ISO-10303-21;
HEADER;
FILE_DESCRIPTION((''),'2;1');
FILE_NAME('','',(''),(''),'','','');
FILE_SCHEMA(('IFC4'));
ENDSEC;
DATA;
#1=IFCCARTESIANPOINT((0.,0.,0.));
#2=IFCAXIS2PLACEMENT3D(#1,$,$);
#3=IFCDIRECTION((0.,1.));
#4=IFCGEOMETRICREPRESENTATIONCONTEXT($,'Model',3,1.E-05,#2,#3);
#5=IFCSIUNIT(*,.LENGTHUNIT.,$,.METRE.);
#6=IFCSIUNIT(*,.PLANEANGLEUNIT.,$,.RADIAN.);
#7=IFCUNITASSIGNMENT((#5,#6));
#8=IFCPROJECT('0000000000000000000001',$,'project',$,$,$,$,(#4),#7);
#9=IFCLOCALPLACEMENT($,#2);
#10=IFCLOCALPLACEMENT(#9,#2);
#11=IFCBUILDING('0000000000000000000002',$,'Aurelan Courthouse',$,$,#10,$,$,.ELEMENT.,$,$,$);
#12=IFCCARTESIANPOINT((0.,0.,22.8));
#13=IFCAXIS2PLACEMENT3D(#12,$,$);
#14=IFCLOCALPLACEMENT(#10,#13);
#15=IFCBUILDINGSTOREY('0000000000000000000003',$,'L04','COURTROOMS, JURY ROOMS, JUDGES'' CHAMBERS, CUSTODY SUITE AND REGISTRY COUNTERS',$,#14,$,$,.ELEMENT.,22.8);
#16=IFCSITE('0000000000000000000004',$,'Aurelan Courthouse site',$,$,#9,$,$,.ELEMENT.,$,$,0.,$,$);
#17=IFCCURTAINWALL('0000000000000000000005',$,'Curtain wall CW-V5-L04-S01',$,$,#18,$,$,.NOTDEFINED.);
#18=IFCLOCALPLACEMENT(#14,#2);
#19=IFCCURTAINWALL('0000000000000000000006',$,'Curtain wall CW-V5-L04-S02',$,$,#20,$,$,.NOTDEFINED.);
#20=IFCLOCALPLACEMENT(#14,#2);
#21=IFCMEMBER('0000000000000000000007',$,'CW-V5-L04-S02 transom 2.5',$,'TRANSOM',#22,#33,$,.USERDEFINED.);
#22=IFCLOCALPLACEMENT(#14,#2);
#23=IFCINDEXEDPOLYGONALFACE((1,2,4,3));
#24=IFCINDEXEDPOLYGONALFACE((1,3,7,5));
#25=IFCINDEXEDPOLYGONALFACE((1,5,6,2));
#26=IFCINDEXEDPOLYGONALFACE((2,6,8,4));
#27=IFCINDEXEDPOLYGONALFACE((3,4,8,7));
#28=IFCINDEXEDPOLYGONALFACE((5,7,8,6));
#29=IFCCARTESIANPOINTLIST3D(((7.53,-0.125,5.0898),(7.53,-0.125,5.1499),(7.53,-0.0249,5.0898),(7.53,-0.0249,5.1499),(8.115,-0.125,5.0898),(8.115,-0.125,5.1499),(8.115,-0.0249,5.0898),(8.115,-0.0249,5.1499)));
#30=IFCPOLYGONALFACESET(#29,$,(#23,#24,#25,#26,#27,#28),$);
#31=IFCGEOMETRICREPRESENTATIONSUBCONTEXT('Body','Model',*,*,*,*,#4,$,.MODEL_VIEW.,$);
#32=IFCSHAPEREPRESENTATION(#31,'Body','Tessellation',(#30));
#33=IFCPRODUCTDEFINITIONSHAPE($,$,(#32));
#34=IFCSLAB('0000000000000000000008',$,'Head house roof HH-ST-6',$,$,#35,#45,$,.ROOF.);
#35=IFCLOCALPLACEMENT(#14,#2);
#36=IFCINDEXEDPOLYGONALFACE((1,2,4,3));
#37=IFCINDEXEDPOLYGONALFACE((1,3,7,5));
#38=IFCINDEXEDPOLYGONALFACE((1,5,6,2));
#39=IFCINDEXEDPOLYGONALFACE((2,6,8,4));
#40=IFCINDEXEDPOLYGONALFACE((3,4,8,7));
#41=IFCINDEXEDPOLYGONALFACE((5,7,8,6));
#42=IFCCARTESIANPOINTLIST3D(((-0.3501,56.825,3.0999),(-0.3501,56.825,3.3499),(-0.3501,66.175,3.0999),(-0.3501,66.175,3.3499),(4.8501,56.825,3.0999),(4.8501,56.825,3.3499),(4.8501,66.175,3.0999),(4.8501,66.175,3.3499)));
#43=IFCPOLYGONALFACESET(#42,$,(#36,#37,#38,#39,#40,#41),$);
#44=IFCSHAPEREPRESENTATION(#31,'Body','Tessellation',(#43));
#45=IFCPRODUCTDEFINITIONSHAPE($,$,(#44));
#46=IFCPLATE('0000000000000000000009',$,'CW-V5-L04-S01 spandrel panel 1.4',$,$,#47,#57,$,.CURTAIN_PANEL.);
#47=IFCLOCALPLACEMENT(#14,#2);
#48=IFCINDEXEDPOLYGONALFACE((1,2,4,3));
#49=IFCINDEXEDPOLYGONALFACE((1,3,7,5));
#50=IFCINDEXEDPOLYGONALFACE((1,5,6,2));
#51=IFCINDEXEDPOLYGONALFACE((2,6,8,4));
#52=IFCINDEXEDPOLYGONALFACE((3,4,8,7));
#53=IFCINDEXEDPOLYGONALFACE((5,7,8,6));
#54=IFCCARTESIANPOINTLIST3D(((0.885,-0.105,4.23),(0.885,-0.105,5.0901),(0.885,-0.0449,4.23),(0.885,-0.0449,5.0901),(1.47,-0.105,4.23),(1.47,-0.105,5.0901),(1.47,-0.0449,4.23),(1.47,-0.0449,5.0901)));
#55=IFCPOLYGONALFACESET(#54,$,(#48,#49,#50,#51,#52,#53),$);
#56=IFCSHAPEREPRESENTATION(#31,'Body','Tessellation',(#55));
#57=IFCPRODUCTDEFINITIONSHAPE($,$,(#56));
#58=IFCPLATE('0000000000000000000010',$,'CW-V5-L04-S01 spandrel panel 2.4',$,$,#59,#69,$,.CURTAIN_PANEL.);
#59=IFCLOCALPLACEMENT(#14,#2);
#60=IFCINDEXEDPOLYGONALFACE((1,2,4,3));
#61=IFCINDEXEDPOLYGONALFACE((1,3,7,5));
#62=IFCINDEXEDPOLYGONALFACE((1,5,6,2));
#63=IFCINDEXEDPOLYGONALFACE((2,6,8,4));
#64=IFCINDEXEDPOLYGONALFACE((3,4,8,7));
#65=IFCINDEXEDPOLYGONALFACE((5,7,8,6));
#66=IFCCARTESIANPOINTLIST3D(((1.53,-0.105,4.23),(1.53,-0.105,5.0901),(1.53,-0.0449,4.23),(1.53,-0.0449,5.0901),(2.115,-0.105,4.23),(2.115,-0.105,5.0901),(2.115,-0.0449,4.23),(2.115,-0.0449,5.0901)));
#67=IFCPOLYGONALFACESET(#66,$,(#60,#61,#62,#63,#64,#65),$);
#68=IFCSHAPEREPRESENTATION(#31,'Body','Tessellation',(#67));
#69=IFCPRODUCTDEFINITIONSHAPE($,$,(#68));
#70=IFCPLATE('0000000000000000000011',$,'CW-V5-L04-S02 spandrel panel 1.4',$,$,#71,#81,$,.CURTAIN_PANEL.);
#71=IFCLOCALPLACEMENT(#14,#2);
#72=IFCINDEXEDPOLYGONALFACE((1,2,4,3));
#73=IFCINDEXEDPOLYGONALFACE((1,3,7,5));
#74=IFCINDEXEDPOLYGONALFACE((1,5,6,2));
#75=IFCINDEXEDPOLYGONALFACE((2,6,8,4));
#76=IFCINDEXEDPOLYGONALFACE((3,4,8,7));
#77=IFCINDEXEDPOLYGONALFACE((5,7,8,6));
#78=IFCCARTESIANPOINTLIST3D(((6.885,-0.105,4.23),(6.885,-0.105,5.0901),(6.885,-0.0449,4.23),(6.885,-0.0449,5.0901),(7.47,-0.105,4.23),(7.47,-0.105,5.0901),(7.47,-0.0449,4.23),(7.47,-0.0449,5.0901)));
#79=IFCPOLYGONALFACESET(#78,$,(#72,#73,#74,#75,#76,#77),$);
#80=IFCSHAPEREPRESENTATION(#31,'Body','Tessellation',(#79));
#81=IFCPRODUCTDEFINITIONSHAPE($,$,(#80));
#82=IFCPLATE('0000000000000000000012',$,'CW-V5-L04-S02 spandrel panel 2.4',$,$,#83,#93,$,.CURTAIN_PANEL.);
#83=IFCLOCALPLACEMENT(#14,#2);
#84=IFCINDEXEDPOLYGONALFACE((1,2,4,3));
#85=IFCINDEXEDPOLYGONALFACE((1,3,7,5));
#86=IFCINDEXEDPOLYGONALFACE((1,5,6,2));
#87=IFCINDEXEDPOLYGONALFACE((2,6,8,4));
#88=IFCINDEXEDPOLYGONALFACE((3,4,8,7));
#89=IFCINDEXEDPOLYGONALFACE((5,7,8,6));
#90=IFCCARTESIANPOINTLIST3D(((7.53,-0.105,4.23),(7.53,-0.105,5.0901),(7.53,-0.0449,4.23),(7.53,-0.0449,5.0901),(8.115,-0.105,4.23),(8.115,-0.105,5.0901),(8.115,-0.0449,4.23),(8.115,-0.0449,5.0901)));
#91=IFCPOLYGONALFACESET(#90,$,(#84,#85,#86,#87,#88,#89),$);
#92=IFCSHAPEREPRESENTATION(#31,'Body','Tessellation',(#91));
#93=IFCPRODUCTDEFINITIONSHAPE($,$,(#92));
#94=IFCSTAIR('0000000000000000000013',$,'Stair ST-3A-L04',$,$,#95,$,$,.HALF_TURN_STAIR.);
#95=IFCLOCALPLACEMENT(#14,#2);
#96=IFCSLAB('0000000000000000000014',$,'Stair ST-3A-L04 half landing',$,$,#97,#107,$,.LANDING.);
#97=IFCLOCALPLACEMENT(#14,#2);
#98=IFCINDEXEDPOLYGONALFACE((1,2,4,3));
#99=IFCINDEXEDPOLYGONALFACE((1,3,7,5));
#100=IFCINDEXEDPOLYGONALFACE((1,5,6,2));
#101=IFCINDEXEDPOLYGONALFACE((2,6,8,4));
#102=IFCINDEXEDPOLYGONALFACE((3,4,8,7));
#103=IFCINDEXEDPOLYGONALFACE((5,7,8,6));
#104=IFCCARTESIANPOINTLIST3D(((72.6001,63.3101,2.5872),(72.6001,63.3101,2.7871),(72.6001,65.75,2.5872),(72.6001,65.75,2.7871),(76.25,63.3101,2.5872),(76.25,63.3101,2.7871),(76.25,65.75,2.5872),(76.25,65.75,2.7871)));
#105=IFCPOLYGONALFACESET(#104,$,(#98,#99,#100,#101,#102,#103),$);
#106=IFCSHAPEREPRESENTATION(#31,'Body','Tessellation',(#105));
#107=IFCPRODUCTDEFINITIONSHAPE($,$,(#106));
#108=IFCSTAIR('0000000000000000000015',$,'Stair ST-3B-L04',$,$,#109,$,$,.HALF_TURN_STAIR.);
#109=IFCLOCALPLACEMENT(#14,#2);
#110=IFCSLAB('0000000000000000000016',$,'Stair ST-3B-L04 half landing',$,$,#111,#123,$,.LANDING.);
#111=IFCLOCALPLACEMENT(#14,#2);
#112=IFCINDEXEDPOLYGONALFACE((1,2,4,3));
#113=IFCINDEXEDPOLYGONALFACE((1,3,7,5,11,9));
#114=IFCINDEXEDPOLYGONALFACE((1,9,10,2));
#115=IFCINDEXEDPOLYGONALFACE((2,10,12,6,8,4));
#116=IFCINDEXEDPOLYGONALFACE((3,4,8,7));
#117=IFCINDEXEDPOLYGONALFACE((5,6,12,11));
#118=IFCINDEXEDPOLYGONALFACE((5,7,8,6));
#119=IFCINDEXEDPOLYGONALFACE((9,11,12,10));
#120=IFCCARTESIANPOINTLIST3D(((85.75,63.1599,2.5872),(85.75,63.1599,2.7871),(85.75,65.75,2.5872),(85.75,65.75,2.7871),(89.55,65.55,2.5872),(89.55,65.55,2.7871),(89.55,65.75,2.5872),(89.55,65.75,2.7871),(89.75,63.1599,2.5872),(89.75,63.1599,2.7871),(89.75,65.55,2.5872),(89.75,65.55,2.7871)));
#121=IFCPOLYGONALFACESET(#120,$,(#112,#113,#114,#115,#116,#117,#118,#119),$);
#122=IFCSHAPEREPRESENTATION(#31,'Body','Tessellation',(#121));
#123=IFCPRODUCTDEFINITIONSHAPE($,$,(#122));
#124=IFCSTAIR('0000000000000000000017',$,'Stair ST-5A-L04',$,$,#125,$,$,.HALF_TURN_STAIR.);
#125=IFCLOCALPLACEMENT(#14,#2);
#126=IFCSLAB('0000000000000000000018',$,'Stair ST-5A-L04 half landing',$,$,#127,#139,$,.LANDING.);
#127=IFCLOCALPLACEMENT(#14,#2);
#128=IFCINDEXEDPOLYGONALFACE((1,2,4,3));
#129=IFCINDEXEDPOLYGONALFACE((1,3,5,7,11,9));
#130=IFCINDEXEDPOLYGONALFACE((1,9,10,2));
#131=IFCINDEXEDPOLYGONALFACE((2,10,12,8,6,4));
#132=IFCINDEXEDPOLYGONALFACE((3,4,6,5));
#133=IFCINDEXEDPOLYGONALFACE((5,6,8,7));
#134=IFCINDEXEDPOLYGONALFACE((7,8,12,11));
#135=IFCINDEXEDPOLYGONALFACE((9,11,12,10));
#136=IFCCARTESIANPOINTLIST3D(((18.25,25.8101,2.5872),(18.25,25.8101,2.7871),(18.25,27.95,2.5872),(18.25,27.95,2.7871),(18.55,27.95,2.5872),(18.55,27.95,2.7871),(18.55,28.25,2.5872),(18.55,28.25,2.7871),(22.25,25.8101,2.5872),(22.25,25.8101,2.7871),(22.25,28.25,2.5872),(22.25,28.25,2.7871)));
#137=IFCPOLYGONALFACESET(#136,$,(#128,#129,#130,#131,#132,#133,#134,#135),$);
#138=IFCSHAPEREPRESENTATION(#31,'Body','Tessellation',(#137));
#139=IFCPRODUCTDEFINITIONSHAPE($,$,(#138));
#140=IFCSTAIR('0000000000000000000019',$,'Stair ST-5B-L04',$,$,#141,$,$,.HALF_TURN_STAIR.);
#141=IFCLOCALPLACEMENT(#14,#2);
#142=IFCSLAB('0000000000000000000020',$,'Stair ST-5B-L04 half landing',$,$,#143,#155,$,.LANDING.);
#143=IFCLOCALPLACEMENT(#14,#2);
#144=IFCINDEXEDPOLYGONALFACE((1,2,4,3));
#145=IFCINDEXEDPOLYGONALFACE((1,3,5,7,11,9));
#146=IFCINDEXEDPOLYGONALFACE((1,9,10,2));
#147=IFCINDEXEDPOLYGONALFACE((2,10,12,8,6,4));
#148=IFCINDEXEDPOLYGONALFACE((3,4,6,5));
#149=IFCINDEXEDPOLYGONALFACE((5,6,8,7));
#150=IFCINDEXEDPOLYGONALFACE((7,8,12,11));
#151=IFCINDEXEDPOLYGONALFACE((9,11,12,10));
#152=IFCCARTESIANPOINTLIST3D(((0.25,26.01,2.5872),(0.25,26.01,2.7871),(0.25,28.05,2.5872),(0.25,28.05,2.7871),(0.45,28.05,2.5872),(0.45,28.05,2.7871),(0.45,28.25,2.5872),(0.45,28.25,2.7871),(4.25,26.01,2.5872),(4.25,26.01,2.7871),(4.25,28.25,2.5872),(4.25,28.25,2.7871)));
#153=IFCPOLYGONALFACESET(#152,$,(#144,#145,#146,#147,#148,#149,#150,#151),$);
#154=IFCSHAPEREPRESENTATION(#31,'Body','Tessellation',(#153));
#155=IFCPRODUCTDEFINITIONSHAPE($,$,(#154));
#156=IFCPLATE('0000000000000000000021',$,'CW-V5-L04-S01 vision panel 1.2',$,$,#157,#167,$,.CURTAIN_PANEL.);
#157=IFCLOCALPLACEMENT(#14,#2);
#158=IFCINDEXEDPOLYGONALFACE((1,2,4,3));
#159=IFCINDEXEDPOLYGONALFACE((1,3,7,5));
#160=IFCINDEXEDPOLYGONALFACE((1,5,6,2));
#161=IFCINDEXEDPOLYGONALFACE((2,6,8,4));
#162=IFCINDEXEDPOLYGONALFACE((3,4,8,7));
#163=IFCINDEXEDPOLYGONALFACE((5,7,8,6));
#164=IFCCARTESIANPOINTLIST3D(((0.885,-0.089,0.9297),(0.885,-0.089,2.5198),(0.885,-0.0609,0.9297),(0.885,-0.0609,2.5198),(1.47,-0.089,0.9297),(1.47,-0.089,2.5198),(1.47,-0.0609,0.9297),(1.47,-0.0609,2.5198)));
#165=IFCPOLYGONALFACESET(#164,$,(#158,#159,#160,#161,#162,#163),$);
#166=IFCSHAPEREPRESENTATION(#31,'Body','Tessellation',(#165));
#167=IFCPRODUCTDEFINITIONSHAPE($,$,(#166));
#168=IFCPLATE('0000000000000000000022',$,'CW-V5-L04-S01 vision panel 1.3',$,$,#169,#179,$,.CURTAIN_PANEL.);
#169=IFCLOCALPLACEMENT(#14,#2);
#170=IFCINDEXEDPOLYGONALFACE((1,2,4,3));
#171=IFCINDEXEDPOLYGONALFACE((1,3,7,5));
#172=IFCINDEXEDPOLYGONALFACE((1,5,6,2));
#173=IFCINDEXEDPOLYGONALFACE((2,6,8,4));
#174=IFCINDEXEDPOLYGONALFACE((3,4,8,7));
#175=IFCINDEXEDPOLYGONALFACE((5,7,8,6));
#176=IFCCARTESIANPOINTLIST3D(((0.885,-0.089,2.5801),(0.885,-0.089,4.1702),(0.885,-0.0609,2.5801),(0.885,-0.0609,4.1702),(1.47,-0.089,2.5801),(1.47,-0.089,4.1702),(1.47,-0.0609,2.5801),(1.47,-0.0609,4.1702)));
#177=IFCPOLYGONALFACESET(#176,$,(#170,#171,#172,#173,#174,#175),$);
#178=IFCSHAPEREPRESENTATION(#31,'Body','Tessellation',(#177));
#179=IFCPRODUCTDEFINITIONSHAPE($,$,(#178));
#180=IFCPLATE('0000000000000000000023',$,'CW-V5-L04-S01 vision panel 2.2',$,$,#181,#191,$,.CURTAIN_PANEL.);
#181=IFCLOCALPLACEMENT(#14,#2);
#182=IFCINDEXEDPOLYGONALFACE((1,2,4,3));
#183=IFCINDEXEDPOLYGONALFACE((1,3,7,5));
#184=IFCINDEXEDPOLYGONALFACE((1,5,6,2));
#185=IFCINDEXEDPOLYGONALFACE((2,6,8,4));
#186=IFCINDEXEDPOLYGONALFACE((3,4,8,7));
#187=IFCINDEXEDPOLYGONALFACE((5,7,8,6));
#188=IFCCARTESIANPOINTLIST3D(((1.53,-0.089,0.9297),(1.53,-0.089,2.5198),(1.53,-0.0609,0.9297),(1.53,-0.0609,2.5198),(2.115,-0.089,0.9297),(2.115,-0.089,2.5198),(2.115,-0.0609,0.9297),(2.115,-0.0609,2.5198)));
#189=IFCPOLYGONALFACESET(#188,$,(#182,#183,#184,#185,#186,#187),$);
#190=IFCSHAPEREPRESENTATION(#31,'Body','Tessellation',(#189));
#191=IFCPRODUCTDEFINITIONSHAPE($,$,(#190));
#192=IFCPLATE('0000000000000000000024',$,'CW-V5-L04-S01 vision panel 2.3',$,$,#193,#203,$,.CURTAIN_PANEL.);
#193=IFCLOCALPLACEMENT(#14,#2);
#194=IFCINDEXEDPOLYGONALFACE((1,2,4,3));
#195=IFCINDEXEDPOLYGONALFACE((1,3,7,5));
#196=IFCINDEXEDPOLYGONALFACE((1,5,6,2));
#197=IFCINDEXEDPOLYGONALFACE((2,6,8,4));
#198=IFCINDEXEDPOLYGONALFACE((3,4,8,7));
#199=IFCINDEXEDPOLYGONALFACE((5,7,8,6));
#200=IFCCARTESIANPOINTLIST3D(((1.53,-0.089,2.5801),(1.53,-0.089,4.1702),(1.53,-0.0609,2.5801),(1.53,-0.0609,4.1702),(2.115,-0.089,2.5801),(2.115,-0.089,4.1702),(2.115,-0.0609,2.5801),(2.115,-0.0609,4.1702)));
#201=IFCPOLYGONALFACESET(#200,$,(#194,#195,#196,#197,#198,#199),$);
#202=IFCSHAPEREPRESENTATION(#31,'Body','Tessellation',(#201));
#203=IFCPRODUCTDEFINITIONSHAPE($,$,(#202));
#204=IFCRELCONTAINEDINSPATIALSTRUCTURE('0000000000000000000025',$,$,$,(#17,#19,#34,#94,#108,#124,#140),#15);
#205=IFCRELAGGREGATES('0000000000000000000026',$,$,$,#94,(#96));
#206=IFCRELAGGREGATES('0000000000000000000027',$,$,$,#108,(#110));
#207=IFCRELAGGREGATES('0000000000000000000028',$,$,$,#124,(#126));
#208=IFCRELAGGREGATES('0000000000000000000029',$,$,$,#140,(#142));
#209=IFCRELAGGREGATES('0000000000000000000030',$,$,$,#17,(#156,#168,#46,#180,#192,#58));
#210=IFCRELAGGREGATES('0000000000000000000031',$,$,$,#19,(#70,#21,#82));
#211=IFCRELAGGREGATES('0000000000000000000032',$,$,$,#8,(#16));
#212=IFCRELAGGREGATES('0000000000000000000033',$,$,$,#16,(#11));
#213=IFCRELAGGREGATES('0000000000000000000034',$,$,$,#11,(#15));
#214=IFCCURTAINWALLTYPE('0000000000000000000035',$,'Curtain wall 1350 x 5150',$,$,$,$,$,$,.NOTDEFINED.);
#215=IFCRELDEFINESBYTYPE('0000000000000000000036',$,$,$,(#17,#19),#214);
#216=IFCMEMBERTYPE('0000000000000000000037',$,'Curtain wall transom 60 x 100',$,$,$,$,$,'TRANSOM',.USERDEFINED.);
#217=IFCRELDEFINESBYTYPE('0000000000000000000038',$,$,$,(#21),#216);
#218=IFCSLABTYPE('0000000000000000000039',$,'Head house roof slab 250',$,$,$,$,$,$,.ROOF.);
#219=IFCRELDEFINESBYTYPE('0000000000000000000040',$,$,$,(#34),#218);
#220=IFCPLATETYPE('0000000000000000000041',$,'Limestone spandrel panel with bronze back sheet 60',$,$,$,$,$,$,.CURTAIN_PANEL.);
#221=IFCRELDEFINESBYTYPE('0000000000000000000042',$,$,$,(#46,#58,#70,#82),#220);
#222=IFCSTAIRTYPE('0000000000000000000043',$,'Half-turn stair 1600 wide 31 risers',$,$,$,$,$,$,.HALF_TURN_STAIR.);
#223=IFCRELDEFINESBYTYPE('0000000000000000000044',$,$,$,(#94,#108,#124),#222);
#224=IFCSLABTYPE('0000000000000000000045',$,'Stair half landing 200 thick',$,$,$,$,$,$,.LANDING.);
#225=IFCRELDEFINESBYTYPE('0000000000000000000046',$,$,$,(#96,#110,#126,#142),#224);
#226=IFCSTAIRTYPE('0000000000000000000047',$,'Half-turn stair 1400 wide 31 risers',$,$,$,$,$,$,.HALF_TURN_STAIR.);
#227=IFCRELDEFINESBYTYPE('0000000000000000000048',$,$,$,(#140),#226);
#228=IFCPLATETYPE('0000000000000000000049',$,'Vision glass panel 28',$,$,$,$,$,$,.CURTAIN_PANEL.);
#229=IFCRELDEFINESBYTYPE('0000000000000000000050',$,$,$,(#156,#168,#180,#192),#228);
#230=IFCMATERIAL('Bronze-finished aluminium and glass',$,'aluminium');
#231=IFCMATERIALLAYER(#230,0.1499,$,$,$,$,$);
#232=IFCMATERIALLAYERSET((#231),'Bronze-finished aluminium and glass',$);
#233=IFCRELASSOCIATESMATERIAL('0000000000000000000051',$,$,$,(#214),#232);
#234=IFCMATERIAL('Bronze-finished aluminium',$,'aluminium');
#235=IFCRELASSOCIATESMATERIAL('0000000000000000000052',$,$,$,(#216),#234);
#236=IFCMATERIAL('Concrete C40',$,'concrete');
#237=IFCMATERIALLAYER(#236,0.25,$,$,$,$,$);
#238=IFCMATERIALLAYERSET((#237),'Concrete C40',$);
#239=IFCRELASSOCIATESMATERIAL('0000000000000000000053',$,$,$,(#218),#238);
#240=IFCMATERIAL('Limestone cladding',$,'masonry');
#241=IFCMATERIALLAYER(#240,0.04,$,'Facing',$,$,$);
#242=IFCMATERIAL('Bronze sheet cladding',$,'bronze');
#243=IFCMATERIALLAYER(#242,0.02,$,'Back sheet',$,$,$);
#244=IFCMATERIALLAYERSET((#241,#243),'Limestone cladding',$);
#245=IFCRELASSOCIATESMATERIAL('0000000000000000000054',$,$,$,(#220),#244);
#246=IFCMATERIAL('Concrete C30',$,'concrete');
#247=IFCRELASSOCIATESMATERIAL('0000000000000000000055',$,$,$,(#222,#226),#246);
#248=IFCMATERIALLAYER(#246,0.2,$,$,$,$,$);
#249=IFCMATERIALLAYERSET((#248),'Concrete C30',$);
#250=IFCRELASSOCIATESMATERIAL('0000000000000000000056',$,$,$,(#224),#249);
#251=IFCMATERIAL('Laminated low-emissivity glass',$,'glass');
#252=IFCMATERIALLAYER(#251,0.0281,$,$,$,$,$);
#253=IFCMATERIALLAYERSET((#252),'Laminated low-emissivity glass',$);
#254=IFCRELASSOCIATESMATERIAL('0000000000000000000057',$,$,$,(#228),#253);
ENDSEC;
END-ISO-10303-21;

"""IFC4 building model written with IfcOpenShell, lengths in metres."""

from ifc_helpers import new_model, si_unit, direction, frame, origin, origin_2d, place, context, subcontext, project, spatial, polyline, rectangle, outline, extrude, material, layer, layer_set, material_profile, profile_set, type_object, element, aggregate, save


model = new_model("IFC4")

# Units and contexts
model_context = context("Model", 3, precision=1e-05, world=origin(), true_north=direction((0.0, 1.0)))
body_context = subcontext(model_context, "Body", "Model", "MODEL_VIEW")
ifc_project = project(units=[si_unit("LENGTHUNIT", "METRE"), si_unit("PLANEANGLEUNIT", "RADIAN")], contexts=[model_context])

# Site, building, storey
site_placement = place(None, origin())
site = spatial("IfcSite", under=ifc_project, at=site_placement, Name="Aurelan Courthouse site", CompositionType="ELEMENT", RefElevation=0.0)
building_placement = place(site_placement, origin())
building = spatial("IfcBuilding", under=site, at=building_placement, Name="Aurelan Courthouse", CompositionType="ELEMENT")
storey_placement = place(building_placement, frame((0.0, 0.0, 22.8)))
storey = spatial("IfcBuildingStorey", under=building, at=storey_placement, Name="L04", Description="COURTROOMS, JURY ROOMS, JUDGES' CHAMBERS, CUSTODY SUITE AND REGISTRY COUNTERS", CompositionType="ELEMENT", Elevation=22.8)

# Curtain walls, member
ifc_material_1 = material(Name="Bronze-finished aluminium and glass", Category="aluminium")
ifc_layer_1 = layer(ifc_material_1, 0.1499)
ifc_layer_set_1 = layer_set([ifc_layer_1], Name="Bronze-finished aluminium and glass")
curtain_wall_type = type_object("IfcCurtainWallType", Name="Curtain wall 1350 x 5150", PredefinedType="NOTDEFINED", material=ifc_layer_set_1)
curtain_wall_1_placement = place(storey_placement, origin())
curtain_wall_1 = element("IfcCurtainWall", 1, at=curtain_wall_1_placement, inside=storey, type_object=curtain_wall_type, Name="Curtain wall CW-V5-L04-S01", PredefinedType="NOTDEFINED")
ifc_material_2 = material(Name="Bronze-finished aluminium", Category="aluminium")
ifc_material_profile = material_profile(ifc_material_2, rectangle(XDim=0.1001, YDim=0.0601, at=origin_2d()), Name="Bronze transom 60 x 100")
ifc_profile_set = profile_set([ifc_material_profile], Name="Bronze-finished aluminium")
member_type = type_object("IfcMemberType", Name="Curtain wall transom 60 x 100", ElementType="TRANSOM", PredefinedType="USERDEFINED", material=ifc_profile_set)
curtain_wall_2_placement = place(storey_placement, origin())
curtain_wall_2 = element("IfcCurtainWall", 2, at=curtain_wall_2_placement, inside=storey, type_object=curtain_wall_type, Name="Curtain wall CW-V5-L04-S02", PredefinedType="NOTDEFINED")
member_1_placement = place(storey_placement, frame((7.53, -0.075, 5.1199), z_axis=(1.0, 0.0, 0.0), x_axis=(0.0, 1.0, 0.0)))
member_1 = element("IfcMember", 3, at=member_1_placement, type_object=member_type, Name="CW-V5-L04-S02 transom 2.5", ObjectType="TRANSOM", PredefinedType="USERDEFINED", context=body_context, shape_type="SweptSolid", body=[
    extrude(rectangle(XDim=0.1001, YDim=0.0601, at=origin_2d()), origin(), (0.0, 0.0, 1.0), 0.585),
])

# Slab
ifc_material_3 = material(Name="Concrete C40", Category="concrete")
ifc_layer_2 = layer(ifc_material_3, 0.25)
ifc_layer_set_2 = layer_set([ifc_layer_2], Name="Concrete C40")
slab_type_1 = type_object("IfcSlabType", Name="Head house roof slab 250", PredefinedType="ROOF", material=ifc_layer_set_2)
slab_1_placement = place(storey_placement, frame((0.0, 0.0, 3.0999)))
element("IfcSlab", 4, at=slab_1_placement, inside=storey, type_object=slab_type_1, Name="Head house roof HH-ST-6", PredefinedType="ROOF", context=body_context, shape_type="SweptSolid", body=[
    extrude(outline(polyline([(-0.3501, 56.825), (4.8501, 56.825), (4.8501, 66.175), (-0.3501, 66.175), (-0.3501, 56.825)])), origin(), (0.0, 0.0, 1.0), 0.25),
])

# Plates
ifc_material_4 = material(Name="Limestone cladding", Category="masonry")
ifc_layer_3 = layer(ifc_material_4, 0.04, Name="Facing")
ifc_material_5 = material(Name="Bronze sheet cladding", Category="bronze")
ifc_layer_4 = layer(ifc_material_5, 0.02, Name="Back sheet")
ifc_layer_set_3 = layer_set([ifc_layer_3, ifc_layer_4], Name="Limestone cladding")
plate_type_1 = type_object("IfcPlateType", Name="Limestone spandrel panel with bronze back sheet 60", PredefinedType="CURTAIN_PANEL", material=ifc_layer_set_3)
plate_1_placement = place(storey_placement, frame((1.1775, -0.075, 4.23), z_axis=(0.0, 0.0, 1.0), x_axis=(1.0, 0.0, 0.0)))
plate_1 = element("IfcPlate", 5, at=plate_1_placement, type_object=plate_type_1, Name="CW-V5-L04-S01 spandrel panel 1.4", PredefinedType="CURTAIN_PANEL", context=body_context, shape_type="SweptSolid", body=[
    extrude(rectangle(XDim=0.585, YDim=0.0601, at=origin_2d()), origin(), (0.0, 0.0, 1.0), 0.8601),
])
plate_2_placement = place(storey_placement, frame((1.8225, -0.075, 4.23), z_axis=(0.0, 0.0, 1.0), x_axis=(1.0, 0.0, 0.0)))
plate_2 = element("IfcPlate", 6, at=plate_2_placement, type_object=plate_type_1, Name="CW-V5-L04-S01 spandrel panel 2.4", PredefinedType="CURTAIN_PANEL", context=body_context, shape_type="SweptSolid", body=[
    extrude(rectangle(XDim=0.585, YDim=0.0601, at=origin_2d()), origin(), (0.0, 0.0, 1.0), 0.8601),
])
plate_3_placement = place(storey_placement, frame((7.1775, -0.075, 4.23), z_axis=(0.0, 0.0, 1.0), x_axis=(1.0, 0.0, 0.0)))
plate_3 = element("IfcPlate", 7, at=plate_3_placement, type_object=plate_type_1, Name="CW-V5-L04-S02 spandrel panel 1.4", PredefinedType="CURTAIN_PANEL", context=body_context, shape_type="SweptSolid", body=[
    extrude(rectangle(XDim=0.585, YDim=0.0601, at=origin_2d()), origin(), (0.0, 0.0, 1.0), 0.8601),
])
plate_4_placement = place(storey_placement, frame((7.8225, -0.075, 4.23), z_axis=(0.0, 0.0, 1.0), x_axis=(1.0, 0.0, 0.0)))
plate_4 = element("IfcPlate", 8, at=plate_4_placement, type_object=plate_type_1, Name="CW-V5-L04-S02 spandrel panel 2.4", PredefinedType="CURTAIN_PANEL", context=body_context, shape_type="SweptSolid", body=[
    extrude(rectangle(XDim=0.585, YDim=0.0601, at=origin_2d()), origin(), (0.0, 0.0, 1.0), 0.8601),
])

# Stairs, slabs
ifc_material_6 = material(Name="Concrete C30", Category="concrete")
stair_type_1 = type_object("IfcStairType", Name="Half-turn stair 1600 wide 31 risers", PredefinedType="HALF_TURN_STAIR", material=ifc_material_6)
stair_1_placement = place(storey_placement, origin())
stair_1 = element("IfcStair", 9, at=stair_1_placement, inside=storey, type_object=stair_type_1, Name="Stair ST-3A-L04", PredefinedType="HALF_TURN_STAIR")
ifc_layer_5 = layer(ifc_material_6, 0.2)
ifc_layer_set_4 = layer_set([ifc_layer_5], Name="Concrete C30")
slab_type_2 = type_object("IfcSlabType", Name="Stair half landing 200 thick", PredefinedType="LANDING", material=ifc_layer_set_4)
slab_2_placement = place(storey_placement, frame((0.0, 0.0, 2.5872)))
slab_2 = element("IfcSlab", 10, at=slab_2_placement, type_object=slab_type_2, Name="Stair ST-3A-L04 half landing", PredefinedType="LANDING", context=body_context, shape_type="SweptSolid", body=[
    extrude(outline(polyline([(72.6001, 65.75), (76.25, 65.75), (76.25, 63.3101), (72.6001, 63.3101), (72.6001, 65.75)])), origin(), (0.0, 0.0, 1.0), 0.2),
])
aggregate(stair_1, [slab_2])
stair_2_placement = place(storey_placement, origin())
stair_2 = element("IfcStair", 11, at=stair_2_placement, inside=storey, type_object=stair_type_1, Name="Stair ST-3B-L04", PredefinedType="HALF_TURN_STAIR")
slab_3_placement = place(storey_placement, frame((0.0, 0.0, 2.5872)))
slab_3 = element("IfcSlab", 12, at=slab_3_placement, type_object=slab_type_2, Name="Stair ST-3B-L04 half landing", PredefinedType="LANDING", context=body_context, shape_type="SweptSolid", body=[
    extrude(outline(polyline([(85.75, 63.1599), (85.75, 65.75), (89.55, 65.75), (89.55, 65.55), (89.75, 65.55), (89.75, 63.1599), (85.75, 63.1599)])), origin(), (0.0, 0.0, 1.0), 0.2),
])
aggregate(stair_2, [slab_3])
stair_3_placement = place(storey_placement, origin())
stair_3 = element("IfcStair", 13, at=stair_3_placement, inside=storey, type_object=stair_type_1, Name="Stair ST-5A-L04", PredefinedType="HALF_TURN_STAIR")
slab_4_placement = place(storey_placement, frame((0.0, 0.0, 2.5872)))
slab_4 = element("IfcSlab", 14, at=slab_4_placement, type_object=slab_type_2, Name="Stair ST-5A-L04 half landing", PredefinedType="LANDING", context=body_context, shape_type="SweptSolid", body=[
    extrude(outline(polyline([(18.25, 27.95), (18.55, 27.95), (18.55, 28.25), (22.25, 28.25), (22.25, 25.8101), (18.25, 25.8101), (18.25, 27.95)])), origin(), (0.0, 0.0, 1.0), 0.2),
])
aggregate(stair_3, [slab_4])
stair_type_2 = type_object("IfcStairType", Name="Half-turn stair 1400 wide 31 risers", PredefinedType="HALF_TURN_STAIR", material=ifc_material_6)
stair_4_placement = place(storey_placement, origin())
stair_4 = element("IfcStair", 15, at=stair_4_placement, inside=storey, type_object=stair_type_2, Name="Stair ST-5B-L04", PredefinedType="HALF_TURN_STAIR")
slab_5_placement = place(storey_placement, frame((0.0, 0.0, 2.5872)))
slab_5 = element("IfcSlab", 16, at=slab_5_placement, type_object=slab_type_2, Name="Stair ST-5B-L04 half landing", PredefinedType="LANDING", context=body_context, shape_type="SweptSolid", body=[
    extrude(outline(polyline([(4.25, 28.25), (4.25, 26.01), (0.25, 26.01), (0.25, 28.05), (0.45, 28.05), (0.45, 28.25), (4.25, 28.25)])), origin(), (0.0, 0.0, 1.0), 0.2),
])
aggregate(stair_4, [slab_5])

# Plates
ifc_material_7 = material(Name="Laminated low-emissivity glass", Category="glass")
ifc_layer_6 = layer(ifc_material_7, 0.0281)
ifc_layer_set_5 = layer_set([ifc_layer_6], Name="Laminated low-emissivity glass")
plate_type_2 = type_object("IfcPlateType", Name="Vision glass panel 28", PredefinedType="CURTAIN_PANEL", material=ifc_layer_set_5)
plate_5_placement = place(storey_placement, frame((1.1775, -0.075, 0.9297), z_axis=(0.0, 0.0, 1.0), x_axis=(1.0, 0.0, 0.0)))
plate_5 = element("IfcPlate", 17, at=plate_5_placement, type_object=plate_type_2, Name="CW-V5-L04-S01 vision panel 1.2", PredefinedType="CURTAIN_PANEL", context=body_context, shape_type="SweptSolid", body=[
    extrude(rectangle(XDim=0.585, YDim=0.0281, at=origin_2d()), origin(), (0.0, 0.0, 1.0), 1.5901),
])
plate_6_placement = place(storey_placement, frame((1.1775, -0.075, 2.5801), z_axis=(0.0, 0.0, 1.0), x_axis=(1.0, 0.0, 0.0)))
plate_6 = element("IfcPlate", 18, at=plate_6_placement, type_object=plate_type_2, Name="CW-V5-L04-S01 vision panel 1.3", PredefinedType="CURTAIN_PANEL", context=body_context, shape_type="SweptSolid", body=[
    extrude(rectangle(XDim=0.585, YDim=0.0281, at=origin_2d()), origin(), (0.0, 0.0, 1.0), 1.5901),
])
plate_7_placement = place(storey_placement, frame((1.8225, -0.075, 0.9297), z_axis=(0.0, 0.0, 1.0), x_axis=(1.0, 0.0, 0.0)))
plate_7 = element("IfcPlate", 19, at=plate_7_placement, type_object=plate_type_2, Name="CW-V5-L04-S01 vision panel 2.2", PredefinedType="CURTAIN_PANEL", context=body_context, shape_type="SweptSolid", body=[
    extrude(rectangle(XDim=0.585, YDim=0.0281, at=origin_2d()), origin(), (0.0, 0.0, 1.0), 1.5901),
])
plate_8_placement = place(storey_placement, frame((1.8225, -0.075, 2.5801), z_axis=(0.0, 0.0, 1.0), x_axis=(1.0, 0.0, 0.0)))
plate_8 = element("IfcPlate", 20, at=plate_8_placement, type_object=plate_type_2, Name="CW-V5-L04-S01 vision panel 2.3", PredefinedType="CURTAIN_PANEL", context=body_context, shape_type="SweptSolid", body=[
    extrude(rectangle(XDim=0.585, YDim=0.0281, at=origin_2d()), origin(), (0.0, 0.0, 1.0), 1.5901),
])
aggregate(curtain_wall_1, [plate_5, plate_6, plate_1, plate_7, plate_8, plate_2])
aggregate(curtain_wall_2, [plate_3, member_1, plate_4])

save(model, "model.ifc")
